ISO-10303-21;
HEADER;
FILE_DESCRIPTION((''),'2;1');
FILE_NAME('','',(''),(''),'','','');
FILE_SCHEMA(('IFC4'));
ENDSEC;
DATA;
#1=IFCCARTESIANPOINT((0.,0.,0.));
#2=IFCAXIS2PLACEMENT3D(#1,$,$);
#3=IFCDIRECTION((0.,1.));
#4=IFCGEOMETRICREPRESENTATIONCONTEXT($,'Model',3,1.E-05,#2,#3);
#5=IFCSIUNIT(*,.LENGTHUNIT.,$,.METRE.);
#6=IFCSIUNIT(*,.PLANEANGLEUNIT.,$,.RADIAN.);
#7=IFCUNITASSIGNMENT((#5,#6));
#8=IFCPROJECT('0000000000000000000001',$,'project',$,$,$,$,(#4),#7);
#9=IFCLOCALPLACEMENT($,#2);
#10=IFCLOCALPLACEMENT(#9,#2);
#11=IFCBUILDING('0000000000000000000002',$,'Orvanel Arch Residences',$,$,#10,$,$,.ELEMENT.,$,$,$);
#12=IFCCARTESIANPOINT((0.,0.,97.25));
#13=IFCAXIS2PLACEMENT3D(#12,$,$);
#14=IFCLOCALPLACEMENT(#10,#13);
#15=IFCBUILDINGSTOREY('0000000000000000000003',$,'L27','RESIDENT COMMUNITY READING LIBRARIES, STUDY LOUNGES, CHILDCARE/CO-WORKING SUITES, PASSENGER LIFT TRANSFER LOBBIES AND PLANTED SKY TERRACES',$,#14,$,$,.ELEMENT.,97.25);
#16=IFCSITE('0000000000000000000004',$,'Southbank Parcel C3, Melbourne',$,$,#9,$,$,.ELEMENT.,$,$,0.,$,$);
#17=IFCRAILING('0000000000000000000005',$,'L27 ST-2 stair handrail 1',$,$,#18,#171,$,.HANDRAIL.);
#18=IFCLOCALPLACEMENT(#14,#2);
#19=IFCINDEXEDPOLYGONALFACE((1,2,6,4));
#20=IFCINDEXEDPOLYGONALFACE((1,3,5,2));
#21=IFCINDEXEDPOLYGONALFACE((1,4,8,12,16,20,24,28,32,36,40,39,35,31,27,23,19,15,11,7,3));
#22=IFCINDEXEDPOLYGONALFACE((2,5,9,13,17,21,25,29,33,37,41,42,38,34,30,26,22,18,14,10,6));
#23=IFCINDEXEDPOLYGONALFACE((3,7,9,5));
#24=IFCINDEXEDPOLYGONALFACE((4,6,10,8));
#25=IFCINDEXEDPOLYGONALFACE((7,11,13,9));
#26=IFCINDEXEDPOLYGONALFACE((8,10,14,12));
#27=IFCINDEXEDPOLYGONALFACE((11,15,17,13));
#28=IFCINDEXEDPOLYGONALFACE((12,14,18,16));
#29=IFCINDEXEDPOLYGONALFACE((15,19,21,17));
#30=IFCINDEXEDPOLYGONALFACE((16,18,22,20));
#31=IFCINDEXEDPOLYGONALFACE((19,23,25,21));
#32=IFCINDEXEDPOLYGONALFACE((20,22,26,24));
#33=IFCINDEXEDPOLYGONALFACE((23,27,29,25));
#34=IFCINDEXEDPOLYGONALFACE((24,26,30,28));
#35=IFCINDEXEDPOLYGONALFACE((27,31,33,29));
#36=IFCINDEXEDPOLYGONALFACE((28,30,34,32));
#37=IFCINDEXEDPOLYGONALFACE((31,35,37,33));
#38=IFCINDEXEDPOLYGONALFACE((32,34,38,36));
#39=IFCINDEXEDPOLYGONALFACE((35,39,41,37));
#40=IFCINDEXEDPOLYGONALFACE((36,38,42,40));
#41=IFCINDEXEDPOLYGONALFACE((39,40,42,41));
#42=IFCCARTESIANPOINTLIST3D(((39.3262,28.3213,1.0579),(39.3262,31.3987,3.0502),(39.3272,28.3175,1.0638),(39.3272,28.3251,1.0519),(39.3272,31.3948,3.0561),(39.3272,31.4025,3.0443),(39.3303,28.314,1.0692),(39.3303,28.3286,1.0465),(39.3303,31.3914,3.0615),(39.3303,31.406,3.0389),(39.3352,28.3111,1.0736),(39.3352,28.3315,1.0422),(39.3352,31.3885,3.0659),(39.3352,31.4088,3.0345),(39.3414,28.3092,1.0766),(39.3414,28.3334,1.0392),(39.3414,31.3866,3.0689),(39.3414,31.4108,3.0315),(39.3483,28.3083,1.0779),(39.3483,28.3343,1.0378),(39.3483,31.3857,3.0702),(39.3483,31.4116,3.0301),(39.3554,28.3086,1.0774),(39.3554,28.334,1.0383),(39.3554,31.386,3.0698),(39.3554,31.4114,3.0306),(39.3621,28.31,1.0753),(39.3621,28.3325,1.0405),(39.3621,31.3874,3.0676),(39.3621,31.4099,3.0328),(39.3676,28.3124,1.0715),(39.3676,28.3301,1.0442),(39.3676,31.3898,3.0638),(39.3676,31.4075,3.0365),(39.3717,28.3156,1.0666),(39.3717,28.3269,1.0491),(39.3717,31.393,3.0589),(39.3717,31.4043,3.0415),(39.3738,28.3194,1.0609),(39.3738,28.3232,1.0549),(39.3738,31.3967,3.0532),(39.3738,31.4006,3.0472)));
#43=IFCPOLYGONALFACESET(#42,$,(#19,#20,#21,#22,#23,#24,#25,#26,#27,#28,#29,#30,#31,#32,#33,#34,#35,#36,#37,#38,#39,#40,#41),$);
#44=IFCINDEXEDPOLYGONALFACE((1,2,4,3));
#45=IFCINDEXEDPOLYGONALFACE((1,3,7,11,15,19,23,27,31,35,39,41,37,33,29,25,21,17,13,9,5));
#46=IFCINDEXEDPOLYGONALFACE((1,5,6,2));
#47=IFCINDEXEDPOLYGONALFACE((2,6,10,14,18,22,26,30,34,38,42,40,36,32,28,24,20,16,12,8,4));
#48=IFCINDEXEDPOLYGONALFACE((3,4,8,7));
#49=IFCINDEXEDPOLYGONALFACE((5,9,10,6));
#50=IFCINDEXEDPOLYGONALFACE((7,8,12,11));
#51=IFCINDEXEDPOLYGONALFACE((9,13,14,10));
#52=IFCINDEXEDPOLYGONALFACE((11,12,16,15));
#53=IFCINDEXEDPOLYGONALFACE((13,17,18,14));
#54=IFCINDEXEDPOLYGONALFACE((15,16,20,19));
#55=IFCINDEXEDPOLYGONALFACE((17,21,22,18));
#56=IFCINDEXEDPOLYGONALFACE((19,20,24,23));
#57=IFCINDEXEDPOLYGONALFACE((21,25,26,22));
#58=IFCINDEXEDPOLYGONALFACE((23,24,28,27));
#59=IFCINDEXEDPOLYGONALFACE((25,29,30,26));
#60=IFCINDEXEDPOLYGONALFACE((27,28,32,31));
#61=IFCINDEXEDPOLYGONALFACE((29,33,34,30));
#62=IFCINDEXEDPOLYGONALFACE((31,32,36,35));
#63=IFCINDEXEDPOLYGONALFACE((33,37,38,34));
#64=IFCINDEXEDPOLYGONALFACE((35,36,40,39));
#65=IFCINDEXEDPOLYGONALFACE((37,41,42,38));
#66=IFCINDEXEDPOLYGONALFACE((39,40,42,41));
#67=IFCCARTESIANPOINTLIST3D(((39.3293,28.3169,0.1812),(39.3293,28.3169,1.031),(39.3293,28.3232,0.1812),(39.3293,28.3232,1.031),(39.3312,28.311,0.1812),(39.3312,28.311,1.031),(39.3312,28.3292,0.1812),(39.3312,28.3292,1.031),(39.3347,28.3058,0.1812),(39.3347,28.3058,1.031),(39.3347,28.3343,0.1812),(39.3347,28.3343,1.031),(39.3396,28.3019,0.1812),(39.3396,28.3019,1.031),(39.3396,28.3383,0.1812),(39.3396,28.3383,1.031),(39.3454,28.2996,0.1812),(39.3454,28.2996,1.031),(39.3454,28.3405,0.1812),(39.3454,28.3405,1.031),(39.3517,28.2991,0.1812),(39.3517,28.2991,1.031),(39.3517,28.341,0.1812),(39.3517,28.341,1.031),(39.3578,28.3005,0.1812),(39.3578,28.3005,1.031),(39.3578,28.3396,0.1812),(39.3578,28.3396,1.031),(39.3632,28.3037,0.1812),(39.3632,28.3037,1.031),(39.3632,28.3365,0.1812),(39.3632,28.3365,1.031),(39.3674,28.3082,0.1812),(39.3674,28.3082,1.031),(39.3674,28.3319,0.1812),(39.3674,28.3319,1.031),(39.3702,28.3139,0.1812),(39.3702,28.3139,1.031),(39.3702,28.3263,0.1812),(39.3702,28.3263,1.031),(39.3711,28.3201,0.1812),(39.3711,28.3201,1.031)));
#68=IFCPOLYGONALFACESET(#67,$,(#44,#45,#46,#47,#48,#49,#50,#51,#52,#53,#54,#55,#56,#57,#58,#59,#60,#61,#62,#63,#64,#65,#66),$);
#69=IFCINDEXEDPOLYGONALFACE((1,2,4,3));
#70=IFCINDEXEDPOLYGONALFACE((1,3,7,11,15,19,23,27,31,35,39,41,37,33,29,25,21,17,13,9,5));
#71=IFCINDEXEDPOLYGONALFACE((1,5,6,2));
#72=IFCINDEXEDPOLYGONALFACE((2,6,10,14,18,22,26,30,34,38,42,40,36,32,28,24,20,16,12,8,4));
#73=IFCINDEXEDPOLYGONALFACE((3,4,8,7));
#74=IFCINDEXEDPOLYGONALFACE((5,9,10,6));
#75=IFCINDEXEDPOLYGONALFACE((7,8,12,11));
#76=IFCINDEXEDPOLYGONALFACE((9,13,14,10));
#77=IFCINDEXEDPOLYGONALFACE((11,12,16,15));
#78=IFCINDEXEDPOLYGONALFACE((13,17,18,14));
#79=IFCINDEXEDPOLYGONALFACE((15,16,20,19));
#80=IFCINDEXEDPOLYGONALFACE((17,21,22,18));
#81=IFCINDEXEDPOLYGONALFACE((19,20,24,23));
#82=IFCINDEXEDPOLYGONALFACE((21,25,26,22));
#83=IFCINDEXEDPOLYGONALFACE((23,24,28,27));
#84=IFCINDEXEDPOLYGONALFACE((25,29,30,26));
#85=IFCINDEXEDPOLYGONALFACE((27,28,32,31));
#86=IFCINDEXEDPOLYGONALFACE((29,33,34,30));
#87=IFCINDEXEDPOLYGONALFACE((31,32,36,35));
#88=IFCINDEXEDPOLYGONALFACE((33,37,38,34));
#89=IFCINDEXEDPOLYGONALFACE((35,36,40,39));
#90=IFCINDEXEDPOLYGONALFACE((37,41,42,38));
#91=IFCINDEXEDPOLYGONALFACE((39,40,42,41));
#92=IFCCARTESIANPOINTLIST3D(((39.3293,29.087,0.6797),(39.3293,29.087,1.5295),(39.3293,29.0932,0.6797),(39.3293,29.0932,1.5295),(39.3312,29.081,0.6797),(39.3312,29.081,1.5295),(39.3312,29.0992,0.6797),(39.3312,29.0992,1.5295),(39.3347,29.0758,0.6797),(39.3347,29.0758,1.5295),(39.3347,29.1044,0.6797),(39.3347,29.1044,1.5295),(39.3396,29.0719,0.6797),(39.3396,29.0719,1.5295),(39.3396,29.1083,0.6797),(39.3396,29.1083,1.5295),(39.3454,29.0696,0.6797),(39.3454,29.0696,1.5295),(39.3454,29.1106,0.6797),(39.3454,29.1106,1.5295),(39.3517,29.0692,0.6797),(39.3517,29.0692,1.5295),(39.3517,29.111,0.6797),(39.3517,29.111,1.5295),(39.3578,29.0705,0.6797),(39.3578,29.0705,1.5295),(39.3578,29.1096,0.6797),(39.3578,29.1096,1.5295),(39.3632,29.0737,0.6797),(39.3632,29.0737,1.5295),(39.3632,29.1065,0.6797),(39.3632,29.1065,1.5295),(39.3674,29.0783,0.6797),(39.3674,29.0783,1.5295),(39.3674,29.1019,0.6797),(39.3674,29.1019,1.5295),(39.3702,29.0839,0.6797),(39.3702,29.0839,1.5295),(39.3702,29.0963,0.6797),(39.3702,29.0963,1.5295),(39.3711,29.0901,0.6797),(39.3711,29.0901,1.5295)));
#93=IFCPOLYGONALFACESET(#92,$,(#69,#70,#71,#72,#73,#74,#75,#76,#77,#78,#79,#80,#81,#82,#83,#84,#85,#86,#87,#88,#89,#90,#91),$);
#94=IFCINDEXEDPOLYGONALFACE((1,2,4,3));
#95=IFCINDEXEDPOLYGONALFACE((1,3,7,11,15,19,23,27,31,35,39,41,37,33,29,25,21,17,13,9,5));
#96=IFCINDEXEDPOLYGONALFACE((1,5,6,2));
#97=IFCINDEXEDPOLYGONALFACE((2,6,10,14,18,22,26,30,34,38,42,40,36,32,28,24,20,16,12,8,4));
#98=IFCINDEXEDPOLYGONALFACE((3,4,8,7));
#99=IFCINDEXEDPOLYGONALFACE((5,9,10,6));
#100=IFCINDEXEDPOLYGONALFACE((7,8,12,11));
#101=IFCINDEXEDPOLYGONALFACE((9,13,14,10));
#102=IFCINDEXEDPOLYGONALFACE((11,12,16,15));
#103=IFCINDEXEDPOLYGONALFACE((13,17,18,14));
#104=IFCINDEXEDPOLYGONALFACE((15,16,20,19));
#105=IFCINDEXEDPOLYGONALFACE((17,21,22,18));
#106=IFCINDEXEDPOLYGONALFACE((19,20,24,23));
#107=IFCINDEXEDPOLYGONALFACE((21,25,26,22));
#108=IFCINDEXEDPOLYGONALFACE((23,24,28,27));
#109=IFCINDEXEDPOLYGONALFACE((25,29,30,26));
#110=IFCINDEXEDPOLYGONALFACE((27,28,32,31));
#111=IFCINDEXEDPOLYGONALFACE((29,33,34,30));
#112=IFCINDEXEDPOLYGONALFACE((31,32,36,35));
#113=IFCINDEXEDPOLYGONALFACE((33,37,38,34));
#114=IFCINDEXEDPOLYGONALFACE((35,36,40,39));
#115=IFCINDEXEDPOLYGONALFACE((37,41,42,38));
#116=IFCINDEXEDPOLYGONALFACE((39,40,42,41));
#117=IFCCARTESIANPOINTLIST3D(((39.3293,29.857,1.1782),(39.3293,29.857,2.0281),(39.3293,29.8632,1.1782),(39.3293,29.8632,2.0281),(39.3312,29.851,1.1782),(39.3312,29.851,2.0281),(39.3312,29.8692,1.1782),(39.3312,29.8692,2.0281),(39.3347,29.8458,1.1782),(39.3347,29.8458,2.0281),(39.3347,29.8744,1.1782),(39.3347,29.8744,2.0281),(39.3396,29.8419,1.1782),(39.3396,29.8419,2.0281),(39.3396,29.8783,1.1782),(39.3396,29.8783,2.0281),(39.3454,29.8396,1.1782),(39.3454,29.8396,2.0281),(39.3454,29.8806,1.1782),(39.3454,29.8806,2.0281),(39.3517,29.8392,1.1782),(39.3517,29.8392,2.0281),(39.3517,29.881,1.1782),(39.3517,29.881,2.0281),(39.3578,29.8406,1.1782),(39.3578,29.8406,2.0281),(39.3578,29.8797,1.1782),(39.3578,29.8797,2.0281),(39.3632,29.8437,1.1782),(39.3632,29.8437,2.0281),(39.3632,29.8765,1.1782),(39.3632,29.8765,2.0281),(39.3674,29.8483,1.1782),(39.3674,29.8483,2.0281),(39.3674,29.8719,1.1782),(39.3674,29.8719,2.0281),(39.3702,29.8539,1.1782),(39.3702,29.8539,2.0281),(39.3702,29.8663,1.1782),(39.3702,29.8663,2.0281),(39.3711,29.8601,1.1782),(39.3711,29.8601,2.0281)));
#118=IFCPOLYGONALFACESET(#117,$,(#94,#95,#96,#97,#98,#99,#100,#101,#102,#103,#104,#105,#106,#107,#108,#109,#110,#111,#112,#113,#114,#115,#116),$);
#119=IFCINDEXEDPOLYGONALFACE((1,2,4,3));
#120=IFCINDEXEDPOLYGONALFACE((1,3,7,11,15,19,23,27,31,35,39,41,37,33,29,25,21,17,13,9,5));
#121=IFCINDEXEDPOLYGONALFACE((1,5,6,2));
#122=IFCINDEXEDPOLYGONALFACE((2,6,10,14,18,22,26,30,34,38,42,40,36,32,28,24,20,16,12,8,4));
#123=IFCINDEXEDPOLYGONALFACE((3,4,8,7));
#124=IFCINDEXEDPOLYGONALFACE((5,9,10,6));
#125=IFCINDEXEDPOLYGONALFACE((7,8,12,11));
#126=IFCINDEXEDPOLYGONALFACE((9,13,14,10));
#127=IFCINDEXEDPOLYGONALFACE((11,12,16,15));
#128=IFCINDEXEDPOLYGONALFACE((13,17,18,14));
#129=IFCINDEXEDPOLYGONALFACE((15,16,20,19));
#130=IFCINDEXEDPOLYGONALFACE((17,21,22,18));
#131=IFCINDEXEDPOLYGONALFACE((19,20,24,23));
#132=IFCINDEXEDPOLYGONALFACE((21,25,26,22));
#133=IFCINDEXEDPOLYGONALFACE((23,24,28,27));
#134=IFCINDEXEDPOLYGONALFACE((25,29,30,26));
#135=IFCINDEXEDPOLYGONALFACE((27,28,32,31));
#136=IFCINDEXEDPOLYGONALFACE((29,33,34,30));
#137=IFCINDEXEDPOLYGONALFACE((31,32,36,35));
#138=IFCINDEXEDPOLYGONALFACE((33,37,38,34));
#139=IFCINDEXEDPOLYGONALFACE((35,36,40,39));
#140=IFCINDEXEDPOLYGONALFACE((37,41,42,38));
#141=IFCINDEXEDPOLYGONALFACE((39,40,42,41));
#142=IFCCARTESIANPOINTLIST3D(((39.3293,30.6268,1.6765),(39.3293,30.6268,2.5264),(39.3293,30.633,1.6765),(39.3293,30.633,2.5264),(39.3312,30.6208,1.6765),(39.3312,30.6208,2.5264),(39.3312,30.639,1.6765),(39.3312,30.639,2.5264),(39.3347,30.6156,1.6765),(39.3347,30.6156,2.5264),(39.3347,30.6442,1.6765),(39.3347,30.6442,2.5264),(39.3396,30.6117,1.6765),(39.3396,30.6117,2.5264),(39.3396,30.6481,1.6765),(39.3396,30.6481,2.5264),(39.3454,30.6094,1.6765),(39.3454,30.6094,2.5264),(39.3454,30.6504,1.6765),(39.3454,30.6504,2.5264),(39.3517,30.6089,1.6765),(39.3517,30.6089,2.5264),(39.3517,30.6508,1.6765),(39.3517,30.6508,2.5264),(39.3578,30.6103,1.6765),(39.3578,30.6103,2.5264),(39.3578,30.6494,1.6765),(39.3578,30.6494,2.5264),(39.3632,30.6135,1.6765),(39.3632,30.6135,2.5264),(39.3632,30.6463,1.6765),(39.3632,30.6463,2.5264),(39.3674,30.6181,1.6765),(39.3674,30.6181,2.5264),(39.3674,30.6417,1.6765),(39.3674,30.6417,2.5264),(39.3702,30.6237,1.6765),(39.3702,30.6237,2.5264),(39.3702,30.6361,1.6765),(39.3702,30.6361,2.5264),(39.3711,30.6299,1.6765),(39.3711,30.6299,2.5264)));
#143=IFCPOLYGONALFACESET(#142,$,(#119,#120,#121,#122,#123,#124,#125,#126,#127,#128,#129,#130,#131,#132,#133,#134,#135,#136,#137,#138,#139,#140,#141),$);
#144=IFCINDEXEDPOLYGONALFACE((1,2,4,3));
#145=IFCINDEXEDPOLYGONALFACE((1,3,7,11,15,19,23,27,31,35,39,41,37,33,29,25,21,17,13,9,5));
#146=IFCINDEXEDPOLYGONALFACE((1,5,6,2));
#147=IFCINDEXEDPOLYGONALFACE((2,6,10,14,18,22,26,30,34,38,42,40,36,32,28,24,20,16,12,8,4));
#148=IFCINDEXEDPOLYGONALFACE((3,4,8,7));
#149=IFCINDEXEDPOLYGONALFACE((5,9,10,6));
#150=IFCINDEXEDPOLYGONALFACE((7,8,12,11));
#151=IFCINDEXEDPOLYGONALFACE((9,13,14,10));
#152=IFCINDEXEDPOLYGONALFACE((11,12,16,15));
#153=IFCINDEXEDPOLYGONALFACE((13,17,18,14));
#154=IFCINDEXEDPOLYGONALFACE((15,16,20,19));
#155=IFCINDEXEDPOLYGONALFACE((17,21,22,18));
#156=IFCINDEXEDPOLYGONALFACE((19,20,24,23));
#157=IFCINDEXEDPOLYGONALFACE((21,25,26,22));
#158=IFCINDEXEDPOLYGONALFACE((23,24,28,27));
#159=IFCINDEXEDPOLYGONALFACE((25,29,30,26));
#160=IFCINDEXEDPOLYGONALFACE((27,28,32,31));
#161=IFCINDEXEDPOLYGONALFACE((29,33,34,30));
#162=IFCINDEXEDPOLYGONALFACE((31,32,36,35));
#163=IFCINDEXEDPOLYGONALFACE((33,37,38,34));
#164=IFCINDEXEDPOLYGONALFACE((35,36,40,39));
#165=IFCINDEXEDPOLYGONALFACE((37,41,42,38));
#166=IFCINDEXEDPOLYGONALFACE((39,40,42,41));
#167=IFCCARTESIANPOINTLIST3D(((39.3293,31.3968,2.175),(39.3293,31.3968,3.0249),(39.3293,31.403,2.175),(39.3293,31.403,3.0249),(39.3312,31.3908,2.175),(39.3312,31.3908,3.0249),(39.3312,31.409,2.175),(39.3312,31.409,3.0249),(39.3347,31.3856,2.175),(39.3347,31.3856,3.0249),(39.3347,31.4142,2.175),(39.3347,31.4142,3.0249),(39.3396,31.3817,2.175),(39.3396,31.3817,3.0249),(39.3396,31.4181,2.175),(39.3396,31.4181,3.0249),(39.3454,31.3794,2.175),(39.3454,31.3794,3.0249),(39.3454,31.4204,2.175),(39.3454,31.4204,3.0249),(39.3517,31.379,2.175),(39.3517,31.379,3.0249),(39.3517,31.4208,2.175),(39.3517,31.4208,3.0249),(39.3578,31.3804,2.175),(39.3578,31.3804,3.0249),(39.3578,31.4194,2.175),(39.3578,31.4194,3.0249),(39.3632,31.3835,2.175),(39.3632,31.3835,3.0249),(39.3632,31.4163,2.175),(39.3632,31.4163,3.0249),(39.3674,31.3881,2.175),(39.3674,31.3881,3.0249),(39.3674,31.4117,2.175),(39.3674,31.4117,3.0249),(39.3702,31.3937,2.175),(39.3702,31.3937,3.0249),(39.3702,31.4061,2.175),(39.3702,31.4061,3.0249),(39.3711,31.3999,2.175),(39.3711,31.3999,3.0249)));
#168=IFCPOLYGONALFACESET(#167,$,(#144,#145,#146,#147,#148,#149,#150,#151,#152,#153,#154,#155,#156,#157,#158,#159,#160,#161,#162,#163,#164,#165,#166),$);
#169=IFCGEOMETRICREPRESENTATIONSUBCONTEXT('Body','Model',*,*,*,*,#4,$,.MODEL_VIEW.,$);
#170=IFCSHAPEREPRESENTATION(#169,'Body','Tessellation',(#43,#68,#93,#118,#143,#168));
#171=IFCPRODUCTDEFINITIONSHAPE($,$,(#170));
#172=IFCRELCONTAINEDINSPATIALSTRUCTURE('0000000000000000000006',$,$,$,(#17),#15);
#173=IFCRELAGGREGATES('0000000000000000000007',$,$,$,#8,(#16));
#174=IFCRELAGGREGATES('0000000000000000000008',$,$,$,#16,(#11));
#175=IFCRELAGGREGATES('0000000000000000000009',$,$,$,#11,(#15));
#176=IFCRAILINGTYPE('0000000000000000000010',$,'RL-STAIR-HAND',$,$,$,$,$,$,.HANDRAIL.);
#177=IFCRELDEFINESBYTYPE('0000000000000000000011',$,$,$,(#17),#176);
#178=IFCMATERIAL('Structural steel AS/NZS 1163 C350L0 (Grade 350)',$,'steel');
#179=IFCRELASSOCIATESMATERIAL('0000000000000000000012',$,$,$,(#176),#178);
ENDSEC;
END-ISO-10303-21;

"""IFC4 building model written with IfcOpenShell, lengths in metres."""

from ifc_helpers import new_model, si_unit, direction, frame, origin, origin_2d, place, context, subcontext, project, spatial, circle, extrude, material, type_object, element, save


model = new_model("IFC4")

# Units and contexts
model_context = context("Model", 3, precision=1e-05, world=origin(), true_north=direction((0.0, 1.0)))
body_context = subcontext(model_context, "Body", "Model", "MODEL_VIEW")
ifc_project = project(units=[si_unit("LENGTHUNIT", "METRE"), si_unit("PLANEANGLEUNIT", "RADIAN")], contexts=[model_context])

# Site, building, storey
site_placement = place(None, origin())
site = spatial("IfcSite", under=ifc_project, at=site_placement, Name="Southbank Parcel C3, Melbourne", CompositionType="ELEMENT", RefElevation=0.0)
building_placement = place(site_placement, origin())
building = spatial("IfcBuilding", under=site, at=building_placement, Name="Orvanel Arch Residences", CompositionType="ELEMENT")
storey_placement = place(building_placement, frame((0.0, 0.0, 97.25)))
storey = spatial("IfcBuildingStorey", under=building, at=storey_placement, Name="L27", Description="RESIDENT COMMUNITY READING LIBRARIES, STUDY LOUNGES, CHILDCARE/CO-WORKING SUITES, PASSENGER LIFT TRANSFER LOBBIES AND PLANTED SKY TERRACES", CompositionType="ELEMENT", Elevation=97.25)

# Railing
ifc_material_1 = material(Name="Structural steel AS/NZS 1163 C350L0 (Grade 350)", Category="steel")
railing_type_1 = type_object("IfcRailingType", Name="RL-STAIR-HAND", PredefinedType="HANDRAIL", material=ifc_material_1)
railing_1_placement = place(storey_placement, frame((39.3501, 28.3201, 0.1812)))
element("IfcRailing", 1, at=railing_1_placement, inside=storey, type_object=railing_type_1, Name="L27 ST-2 stair handrail 1", PredefinedType="HANDRAIL", context=body_context, shape_type="SweptSolid", body=[
    extrude(circle(Radius=0.0239, at=origin_2d()), frame((0.0, 0.0012, 0.8767), z_axis=(0.0, 0.839438, 0.543455), x_axis=(-1.0, 0.0, 0.0)), (0.0, 0.0, 1.0), 3.666),
    extrude(circle(Radius=0.021, at=origin_2d()), origin(), (0.0, 0.0, 1.0), 0.8499),
    extrude(circle(Radius=0.021, at=origin_2d()), frame((0.0, 0.77, 0.4985)), (0.0, 0.0, 1.0), 0.8499),
    extrude(circle(Radius=0.021, at=origin_2d()), frame((0.0, 1.54, 0.9971)), (0.0, 0.0, 1.0), 0.8499),
    extrude(circle(Radius=0.021, at=origin_2d()), frame((0.0, 2.3098, 1.4954)), (0.0, 0.0, 1.0), 0.8499),
    extrude(circle(Radius=0.021, at=origin_2d()), frame((0.0, 3.0798, 1.9939)), (0.0, 0.0, 1.0), 0.8499),
])

save(model, "model.ifc")
